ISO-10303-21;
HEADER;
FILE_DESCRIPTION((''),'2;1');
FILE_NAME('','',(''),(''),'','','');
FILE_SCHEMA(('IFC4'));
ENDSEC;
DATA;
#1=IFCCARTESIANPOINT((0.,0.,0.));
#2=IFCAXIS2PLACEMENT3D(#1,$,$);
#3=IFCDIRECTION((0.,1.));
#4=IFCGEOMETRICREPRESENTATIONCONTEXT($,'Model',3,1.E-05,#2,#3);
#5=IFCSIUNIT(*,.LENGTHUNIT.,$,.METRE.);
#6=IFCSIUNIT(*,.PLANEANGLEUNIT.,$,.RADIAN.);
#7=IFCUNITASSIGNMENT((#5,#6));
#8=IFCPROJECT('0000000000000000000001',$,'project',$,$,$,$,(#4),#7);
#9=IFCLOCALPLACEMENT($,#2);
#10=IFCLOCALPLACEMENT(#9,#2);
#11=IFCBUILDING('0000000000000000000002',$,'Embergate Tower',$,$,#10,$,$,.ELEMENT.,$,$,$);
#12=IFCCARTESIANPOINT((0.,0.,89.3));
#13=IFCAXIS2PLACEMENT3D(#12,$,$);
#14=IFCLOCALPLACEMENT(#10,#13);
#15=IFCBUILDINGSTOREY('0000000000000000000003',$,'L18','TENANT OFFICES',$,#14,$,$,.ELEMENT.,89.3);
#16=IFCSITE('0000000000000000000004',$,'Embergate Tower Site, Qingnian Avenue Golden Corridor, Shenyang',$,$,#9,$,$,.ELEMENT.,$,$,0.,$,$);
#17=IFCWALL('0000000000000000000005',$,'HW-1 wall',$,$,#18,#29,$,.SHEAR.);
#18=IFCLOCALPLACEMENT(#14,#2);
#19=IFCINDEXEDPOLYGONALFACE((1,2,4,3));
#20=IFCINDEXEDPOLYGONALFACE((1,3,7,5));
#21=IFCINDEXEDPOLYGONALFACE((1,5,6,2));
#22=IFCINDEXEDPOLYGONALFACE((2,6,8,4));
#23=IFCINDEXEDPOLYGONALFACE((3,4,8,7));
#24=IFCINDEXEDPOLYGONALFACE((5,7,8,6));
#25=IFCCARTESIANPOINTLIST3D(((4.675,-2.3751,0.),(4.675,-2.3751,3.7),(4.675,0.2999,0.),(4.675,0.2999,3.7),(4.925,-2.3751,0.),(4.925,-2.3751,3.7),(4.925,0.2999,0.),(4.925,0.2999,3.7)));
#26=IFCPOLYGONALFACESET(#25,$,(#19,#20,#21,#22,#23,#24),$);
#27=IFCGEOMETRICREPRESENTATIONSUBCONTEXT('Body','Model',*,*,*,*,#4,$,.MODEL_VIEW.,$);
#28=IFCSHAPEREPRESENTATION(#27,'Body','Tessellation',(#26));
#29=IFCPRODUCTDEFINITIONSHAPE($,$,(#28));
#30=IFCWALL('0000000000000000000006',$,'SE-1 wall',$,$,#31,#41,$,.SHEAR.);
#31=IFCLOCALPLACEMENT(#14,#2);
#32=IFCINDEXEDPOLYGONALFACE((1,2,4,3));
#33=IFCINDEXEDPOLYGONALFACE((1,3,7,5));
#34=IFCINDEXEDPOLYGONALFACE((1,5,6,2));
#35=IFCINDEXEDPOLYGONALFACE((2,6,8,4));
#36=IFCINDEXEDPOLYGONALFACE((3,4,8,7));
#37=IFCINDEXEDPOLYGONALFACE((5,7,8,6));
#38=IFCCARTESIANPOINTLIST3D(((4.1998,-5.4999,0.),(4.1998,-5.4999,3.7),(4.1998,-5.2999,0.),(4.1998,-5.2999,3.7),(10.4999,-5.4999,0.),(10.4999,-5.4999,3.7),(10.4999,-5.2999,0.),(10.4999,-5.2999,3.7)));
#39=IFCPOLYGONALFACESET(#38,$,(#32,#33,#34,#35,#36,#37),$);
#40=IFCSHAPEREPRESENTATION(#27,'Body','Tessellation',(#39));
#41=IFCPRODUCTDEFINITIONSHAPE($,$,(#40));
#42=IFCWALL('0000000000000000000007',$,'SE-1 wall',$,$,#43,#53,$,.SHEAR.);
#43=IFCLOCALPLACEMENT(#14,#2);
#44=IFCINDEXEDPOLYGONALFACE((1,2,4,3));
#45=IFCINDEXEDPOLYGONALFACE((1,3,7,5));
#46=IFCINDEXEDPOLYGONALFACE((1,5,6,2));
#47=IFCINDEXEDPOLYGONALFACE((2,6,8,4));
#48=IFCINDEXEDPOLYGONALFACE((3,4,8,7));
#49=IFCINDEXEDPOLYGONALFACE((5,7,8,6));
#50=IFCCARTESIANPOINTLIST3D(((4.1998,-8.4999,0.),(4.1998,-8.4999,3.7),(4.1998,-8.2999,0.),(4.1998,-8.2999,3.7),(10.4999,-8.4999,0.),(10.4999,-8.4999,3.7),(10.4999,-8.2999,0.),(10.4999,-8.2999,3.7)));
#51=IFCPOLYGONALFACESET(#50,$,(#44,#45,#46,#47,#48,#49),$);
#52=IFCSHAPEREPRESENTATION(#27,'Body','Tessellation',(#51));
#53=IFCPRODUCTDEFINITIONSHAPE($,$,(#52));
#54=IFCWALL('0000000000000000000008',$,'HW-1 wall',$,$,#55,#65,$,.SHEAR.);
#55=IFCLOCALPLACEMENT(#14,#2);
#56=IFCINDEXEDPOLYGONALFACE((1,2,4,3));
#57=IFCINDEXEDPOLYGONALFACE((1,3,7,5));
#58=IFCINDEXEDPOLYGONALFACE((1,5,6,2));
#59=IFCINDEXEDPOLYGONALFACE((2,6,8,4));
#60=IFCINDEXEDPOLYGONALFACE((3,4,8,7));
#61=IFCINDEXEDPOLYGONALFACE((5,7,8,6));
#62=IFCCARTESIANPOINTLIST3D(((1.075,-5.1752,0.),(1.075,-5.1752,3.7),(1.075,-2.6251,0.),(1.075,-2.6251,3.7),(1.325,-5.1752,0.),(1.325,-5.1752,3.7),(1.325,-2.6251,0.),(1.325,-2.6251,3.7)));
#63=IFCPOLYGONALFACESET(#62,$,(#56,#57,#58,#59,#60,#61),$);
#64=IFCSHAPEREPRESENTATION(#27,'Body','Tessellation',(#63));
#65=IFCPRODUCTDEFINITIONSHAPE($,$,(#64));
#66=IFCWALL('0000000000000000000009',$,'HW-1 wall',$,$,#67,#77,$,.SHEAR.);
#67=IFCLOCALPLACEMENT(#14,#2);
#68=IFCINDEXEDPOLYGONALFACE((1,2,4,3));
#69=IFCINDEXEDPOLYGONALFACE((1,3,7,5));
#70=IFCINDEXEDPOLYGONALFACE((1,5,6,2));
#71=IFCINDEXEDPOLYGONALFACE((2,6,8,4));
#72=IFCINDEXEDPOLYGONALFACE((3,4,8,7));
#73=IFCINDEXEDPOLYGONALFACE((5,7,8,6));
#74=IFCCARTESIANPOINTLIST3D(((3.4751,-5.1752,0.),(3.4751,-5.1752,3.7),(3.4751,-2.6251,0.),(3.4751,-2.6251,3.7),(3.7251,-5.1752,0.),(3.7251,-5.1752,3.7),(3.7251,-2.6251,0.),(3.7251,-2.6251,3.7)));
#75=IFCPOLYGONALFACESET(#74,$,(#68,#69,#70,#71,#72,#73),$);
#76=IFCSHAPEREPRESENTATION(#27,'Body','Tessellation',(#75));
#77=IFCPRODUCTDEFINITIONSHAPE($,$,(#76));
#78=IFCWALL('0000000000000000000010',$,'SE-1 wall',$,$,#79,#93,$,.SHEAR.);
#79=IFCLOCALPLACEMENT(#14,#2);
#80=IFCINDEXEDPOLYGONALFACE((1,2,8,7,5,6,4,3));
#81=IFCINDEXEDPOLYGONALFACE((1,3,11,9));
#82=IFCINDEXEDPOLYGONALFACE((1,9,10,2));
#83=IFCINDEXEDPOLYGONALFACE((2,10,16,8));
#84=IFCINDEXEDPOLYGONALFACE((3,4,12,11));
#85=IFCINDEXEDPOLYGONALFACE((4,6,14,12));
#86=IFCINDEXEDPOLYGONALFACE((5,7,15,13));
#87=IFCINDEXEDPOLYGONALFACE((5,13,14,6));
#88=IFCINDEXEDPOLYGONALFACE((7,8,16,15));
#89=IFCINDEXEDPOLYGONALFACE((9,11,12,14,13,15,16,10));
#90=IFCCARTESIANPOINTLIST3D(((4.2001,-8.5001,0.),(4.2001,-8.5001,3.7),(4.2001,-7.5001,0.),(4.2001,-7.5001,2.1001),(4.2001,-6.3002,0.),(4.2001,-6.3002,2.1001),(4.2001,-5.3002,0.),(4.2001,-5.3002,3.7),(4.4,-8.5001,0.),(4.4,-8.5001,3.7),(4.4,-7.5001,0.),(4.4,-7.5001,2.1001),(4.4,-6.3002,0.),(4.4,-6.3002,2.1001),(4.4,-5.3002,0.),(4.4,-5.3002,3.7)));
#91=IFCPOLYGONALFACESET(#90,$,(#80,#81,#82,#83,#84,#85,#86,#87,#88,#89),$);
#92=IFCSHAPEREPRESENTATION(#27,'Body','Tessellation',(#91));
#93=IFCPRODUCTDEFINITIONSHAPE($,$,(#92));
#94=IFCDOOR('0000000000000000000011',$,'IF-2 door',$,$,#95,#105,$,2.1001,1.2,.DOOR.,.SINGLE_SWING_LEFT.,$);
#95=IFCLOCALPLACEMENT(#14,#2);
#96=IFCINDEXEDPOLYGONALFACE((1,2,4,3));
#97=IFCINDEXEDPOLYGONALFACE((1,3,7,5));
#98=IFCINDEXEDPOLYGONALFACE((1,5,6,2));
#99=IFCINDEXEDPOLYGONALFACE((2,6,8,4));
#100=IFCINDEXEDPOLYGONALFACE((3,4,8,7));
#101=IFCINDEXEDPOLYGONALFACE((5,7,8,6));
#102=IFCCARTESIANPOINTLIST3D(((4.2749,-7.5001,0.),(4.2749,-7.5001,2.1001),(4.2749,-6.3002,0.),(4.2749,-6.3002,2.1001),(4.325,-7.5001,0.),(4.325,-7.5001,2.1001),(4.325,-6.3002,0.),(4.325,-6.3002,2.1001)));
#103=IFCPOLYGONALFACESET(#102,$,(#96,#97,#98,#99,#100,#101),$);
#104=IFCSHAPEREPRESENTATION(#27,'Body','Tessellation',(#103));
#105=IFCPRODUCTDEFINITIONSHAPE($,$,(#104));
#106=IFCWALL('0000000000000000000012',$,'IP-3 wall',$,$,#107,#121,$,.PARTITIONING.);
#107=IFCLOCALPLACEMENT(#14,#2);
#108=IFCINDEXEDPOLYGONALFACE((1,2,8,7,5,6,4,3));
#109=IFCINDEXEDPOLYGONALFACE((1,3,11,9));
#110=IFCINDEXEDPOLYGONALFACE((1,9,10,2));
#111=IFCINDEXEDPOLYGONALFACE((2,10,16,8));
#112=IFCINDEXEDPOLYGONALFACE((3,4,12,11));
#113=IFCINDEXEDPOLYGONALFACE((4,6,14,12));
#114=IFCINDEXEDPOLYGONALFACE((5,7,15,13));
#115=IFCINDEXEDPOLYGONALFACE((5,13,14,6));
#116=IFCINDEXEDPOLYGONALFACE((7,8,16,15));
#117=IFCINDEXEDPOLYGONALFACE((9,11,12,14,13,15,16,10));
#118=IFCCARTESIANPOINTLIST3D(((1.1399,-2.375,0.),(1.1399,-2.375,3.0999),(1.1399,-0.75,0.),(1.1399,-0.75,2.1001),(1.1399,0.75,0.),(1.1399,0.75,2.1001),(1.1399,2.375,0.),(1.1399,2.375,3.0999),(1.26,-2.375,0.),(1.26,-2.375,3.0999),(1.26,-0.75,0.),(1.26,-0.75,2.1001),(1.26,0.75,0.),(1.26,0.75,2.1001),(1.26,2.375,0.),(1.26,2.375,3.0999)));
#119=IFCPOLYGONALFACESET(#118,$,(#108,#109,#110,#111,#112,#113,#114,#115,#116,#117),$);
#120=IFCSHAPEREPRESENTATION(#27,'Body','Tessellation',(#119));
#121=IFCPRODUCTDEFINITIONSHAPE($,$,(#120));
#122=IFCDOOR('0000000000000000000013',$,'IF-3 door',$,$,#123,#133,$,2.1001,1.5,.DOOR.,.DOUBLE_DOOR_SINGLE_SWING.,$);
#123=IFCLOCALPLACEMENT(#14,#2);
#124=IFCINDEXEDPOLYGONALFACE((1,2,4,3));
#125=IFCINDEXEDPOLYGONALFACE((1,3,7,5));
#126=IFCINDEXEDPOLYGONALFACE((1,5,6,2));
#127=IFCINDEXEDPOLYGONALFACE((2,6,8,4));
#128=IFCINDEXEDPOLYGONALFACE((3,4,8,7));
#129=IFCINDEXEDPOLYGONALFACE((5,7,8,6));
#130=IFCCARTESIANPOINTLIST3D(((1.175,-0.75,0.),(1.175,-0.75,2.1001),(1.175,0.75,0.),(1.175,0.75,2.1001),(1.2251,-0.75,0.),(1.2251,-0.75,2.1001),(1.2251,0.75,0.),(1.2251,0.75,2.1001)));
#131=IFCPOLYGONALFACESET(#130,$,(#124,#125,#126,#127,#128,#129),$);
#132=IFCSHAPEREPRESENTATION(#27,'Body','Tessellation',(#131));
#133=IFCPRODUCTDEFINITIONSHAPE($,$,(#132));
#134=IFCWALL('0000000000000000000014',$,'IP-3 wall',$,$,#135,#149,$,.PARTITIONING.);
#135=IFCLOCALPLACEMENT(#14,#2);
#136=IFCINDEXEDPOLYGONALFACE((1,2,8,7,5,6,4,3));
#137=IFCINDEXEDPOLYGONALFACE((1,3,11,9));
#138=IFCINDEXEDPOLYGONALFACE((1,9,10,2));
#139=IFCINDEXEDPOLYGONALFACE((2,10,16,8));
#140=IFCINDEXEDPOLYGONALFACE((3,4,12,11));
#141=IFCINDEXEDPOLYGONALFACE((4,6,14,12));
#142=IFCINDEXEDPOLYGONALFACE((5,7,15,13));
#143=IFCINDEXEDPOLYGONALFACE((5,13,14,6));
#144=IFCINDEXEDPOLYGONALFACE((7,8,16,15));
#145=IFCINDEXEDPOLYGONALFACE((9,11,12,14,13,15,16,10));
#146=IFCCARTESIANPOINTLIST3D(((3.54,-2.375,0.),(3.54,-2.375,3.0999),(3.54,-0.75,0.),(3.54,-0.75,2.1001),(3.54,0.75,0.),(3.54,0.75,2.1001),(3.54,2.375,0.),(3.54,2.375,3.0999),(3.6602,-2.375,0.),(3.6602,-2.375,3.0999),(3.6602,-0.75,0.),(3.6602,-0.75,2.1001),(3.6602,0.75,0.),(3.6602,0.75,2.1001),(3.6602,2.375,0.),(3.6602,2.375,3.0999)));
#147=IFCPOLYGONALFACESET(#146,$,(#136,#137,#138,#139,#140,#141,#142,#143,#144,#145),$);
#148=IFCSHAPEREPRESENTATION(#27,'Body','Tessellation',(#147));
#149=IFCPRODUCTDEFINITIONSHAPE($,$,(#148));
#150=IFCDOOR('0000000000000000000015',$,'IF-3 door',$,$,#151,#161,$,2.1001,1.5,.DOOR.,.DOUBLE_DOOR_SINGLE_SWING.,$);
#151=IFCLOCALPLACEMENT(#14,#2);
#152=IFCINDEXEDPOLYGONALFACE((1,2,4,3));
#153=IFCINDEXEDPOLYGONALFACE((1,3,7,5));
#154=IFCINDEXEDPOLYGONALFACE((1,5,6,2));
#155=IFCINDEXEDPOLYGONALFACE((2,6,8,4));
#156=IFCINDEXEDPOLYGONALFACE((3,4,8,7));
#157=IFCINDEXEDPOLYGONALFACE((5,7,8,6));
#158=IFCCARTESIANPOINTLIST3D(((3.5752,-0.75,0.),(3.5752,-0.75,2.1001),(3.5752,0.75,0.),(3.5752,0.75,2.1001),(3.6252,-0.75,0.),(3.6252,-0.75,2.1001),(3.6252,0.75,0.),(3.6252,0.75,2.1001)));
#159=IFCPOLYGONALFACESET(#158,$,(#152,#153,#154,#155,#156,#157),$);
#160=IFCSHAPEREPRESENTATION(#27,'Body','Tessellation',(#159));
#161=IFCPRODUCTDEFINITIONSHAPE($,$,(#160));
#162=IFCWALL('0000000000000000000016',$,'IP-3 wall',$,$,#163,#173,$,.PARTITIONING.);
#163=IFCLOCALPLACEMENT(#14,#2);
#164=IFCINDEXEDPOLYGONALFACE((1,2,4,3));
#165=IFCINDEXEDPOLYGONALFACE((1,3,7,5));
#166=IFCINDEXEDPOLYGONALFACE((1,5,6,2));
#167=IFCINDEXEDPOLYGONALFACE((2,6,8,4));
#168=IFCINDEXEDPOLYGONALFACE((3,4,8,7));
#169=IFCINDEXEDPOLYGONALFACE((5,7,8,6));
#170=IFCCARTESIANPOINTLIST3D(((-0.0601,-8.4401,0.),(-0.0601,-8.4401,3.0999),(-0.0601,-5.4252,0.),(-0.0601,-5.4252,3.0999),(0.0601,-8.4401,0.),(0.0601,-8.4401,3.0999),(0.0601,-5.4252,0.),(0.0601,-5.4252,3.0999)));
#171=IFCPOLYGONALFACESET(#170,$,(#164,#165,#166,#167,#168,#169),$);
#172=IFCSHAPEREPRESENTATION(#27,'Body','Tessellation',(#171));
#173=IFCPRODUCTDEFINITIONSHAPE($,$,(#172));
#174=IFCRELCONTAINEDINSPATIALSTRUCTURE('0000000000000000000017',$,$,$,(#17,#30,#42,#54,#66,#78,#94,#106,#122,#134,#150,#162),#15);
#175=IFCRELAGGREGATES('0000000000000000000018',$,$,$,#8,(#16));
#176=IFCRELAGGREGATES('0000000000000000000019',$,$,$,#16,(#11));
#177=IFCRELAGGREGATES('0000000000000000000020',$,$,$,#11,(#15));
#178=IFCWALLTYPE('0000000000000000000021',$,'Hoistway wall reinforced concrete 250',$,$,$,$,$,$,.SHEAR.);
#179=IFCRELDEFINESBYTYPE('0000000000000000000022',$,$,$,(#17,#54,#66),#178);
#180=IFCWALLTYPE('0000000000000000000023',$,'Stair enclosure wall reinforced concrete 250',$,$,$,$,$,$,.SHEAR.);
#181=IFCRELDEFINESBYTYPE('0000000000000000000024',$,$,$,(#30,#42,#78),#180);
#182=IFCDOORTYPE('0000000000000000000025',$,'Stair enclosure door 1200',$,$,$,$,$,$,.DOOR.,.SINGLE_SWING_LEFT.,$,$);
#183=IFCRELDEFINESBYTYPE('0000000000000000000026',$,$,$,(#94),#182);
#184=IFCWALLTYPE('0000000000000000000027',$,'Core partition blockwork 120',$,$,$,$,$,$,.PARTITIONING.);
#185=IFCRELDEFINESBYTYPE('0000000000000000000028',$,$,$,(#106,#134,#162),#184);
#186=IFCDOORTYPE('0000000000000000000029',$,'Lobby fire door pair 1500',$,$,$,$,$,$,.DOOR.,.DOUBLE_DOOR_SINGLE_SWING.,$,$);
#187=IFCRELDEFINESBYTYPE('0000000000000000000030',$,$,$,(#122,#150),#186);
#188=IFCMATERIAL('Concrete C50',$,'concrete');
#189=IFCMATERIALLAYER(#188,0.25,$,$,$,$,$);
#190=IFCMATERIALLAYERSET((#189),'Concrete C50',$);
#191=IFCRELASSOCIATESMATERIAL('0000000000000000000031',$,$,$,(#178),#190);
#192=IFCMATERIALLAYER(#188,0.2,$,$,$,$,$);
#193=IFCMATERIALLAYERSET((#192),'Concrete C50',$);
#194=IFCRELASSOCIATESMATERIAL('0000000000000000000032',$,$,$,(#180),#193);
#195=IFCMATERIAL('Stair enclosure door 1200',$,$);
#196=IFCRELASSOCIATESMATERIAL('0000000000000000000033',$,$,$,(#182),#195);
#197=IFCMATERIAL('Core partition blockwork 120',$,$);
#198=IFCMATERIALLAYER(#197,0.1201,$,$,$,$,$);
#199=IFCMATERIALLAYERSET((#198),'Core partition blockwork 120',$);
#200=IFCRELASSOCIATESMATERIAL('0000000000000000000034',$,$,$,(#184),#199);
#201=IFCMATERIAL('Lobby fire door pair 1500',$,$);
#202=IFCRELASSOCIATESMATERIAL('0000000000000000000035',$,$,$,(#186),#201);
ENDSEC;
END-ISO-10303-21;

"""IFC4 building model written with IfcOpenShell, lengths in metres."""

from ifc_helpers import new_model, si_unit, direction, frame, frame_2d, origin, place, context, subcontext, project, spatial, rectangle, extrude, source, transform, mapped, material, layer, layer_set, type_object, element, fill, save


model = new_model("IFC4")

# Units and contexts
model_context = context("Model", 3, precision=1e-05, world=origin(), true_north=direction((0.0, 1.0)))
body_context = subcontext(model_context, "Body", "Model", "MODEL_VIEW")
ifc_project = project(units=[si_unit("LENGTHUNIT", "METRE"), si_unit("PLANEANGLEUNIT", "RADIAN")], contexts=[model_context])

# Site, building, storey
site_placement = place(None, origin())
site = spatial("IfcSite", under=ifc_project, at=site_placement, Name="Embergate Tower Site, Qingnian Avenue Golden Corridor, Shenyang", CompositionType="ELEMENT", RefElevation=0.0)
building_placement = place(site_placement, origin())
building = spatial("IfcBuilding", under=site, at=building_placement, Name="Embergate Tower", CompositionType="ELEMENT")
storey_placement = place(building_placement, frame((0.0, 0.0, 89.3)))
storey = spatial("IfcBuildingStorey", under=building, at=storey_placement, Name="L18", Description="TENANT OFFICES", CompositionType="ELEMENT", Elevation=89.3)

# Walls
ifc_material_1 = material(Name="Concrete C50", Category="concrete")
ifc_layer_1 = layer(ifc_material_1, 0.25)
ifc_layer_set_1 = layer_set([ifc_layer_1], Name="Concrete C50")
wall_type_1 = type_object("IfcWallType", Name="Hoistway wall reinforced concrete 250", PredefinedType="SHEAR", material=ifc_layer_set_1)
shared_shape_1 = source(origin(), body_context, "Body", "SweptSolid", [
    extrude(rectangle(XDim=2.675, YDim=0.25, at=frame_2d((1.3374, 0.0))), origin(), (0.0, 0.0, 1.0), 3.7),
])
wall_1_placement = place(storey_placement, frame((4.8, -2.375, 0.0), z_axis=(0.0, 0.0, 1.0), x_axis=(0.0, 1.0, 0.0)))
element("IfcWall", 1, at=wall_1_placement, inside=storey, type_object=wall_type_1, Name="HW-1 wall", PredefinedType="SHEAR", context=body_context, shape_type="MappedRepresentation", body=[
    mapped(shared_shape_1, transform((0.0, 0.0, 0.0))),
])
ifc_layer_2 = layer(ifc_material_1, 0.2)
ifc_layer_set_2 = layer_set([ifc_layer_2], Name="Concrete C50")
wall_type_2 = type_object("IfcWallType", Name="Stair enclosure wall reinforced concrete 250", PredefinedType="SHEAR", material=ifc_layer_set_2)
shared_shape_2 = source(origin(), body_context, "Body", "SweptSolid", [
    extrude(rectangle(XDim=6.3, YDim=0.2, at=frame_2d((3.1499, 0.0))), origin(), (0.0, 0.0, 1.0), 3.7),
])
for number, where, z_axis, x_axis, name in (
    (2, (4.2, -5.3999, 0.0), (0.0, 0.0, 1.0), (1.0, 0.0, 0.0), "SE-1 wall"),
    (3, (4.2, -8.3999, 0.0), (0.0, 0.0, 1.0), (1.0, 0.0, 0.0), "SE-1 wall"),
):
    element("IfcWall", number, at=place(storey_placement, frame(where, z_axis=z_axis, x_axis=x_axis)), inside=storey, type_object=wall_type_2, Name=name, PredefinedType="SHEAR", context=body_context, shape_type="MappedRepresentation", body=[
        mapped(shared_shape_2, transform((0.0, 0.0, 0.0))),
    ])
shared_shape_3 = source(origin(), body_context, "Body", "SweptSolid", [
    extrude(rectangle(XDim=2.55, YDim=0.25, at=frame_2d((1.2749, 0.0))), origin(), (0.0, 0.0, 1.0), 3.7),
])
for number, where, z_axis, x_axis, name in (
    (4, (1.2, -5.175, 0.0), (0.0, 0.0, 1.0), (0.0, 1.0, 0.0), "HW-1 wall"),
    (5, (3.6001, -5.175, 0.0), (0.0, 0.0, 1.0), (0.0, 1.0, 0.0), "HW-1 wall"),
):
    element("IfcWall", number, at=place(storey_placement, frame(where, z_axis=z_axis, x_axis=x_axis)), inside=storey, type_object=wall_type_1, Name=name, PredefinedType="SHEAR", context=body_context, shape_type="MappedRepresentation", body=[
        mapped(shared_shape_3, transform((0.0, 0.0, 0.0))),
    ])

# Walls, openings, doors
shared_shape_4 = source(origin(), body_context, "Body", "SweptSolid", [
    extrude(rectangle(XDim=3.2, YDim=0.2, at=frame_2d((1.6001, 0.0))), origin(), (0.0, 0.0, 1.0), 3.7),
])
wall_2_placement = place(storey_placement, frame((4.3, -5.3, 0.0), z_axis=(0.0, 0.0, 1.0), x_axis=(0.0, -1.0, 0.0)))
wall_2 = element("IfcWall", 6, at=wall_2_placement, inside=storey, type_object=wall_type_2, Name="SE-1 wall", PredefinedType="SHEAR", context=body_context, shape_type="MappedRepresentation", body=[
    mapped(shared_shape_4, transform((0.0, 0.0, 0.0))),
])
shared_shape_5 = source(origin(), body_context, "Body", "SweptSolid", [
    extrude(rectangle(XDim=1.2, YDim=2.1001, at=frame_2d((0.6001, 1.05))), frame((0.0, 0.1099, 0.0), z_axis=(0.0, -1.0, 0.0), x_axis=(1.0, 0.0, 0.0)), (0.0, 0.0, 1.0), 0.22),
])
opening_1_placement = place(wall_2_placement, frame((1.0, 0.0, 0.0)))
opening_1 = element("IfcOpeningElement", 7, at=opening_1_placement, cuts=wall_2, PredefinedType="OPENING", context=body_context, shape_type="MappedRepresentation", body=[
    mapped(shared_shape_5, transform((0.0, 0.0, 0.0))),
])
ifc_material_2 = material(Name="Stair enclosure door 1200")
door_type_1 = type_object("IfcDoorType", Name="Stair enclosure door 1200", OperationType="SINGLE_SWING_LEFT", PredefinedType="DOOR", material=ifc_material_2)
shared_shape_6 = source(origin(), body_context, "Body", "SweptSolid", [
    extrude(rectangle(XDim=1.2, YDim=2.1001, at=frame_2d((0.6001, 1.05))), frame((0.0, 0.0249, 0.0), z_axis=(0.0, -1.0, 0.0), x_axis=(1.0, 0.0, 0.0)), (0.0, 0.0, 1.0), 0.05),
])
door_1_placement = place(opening_1_placement, origin())
door_1 = element("IfcDoor", 8, at=door_1_placement, inside=storey, type_object=door_type_1, Name="IF-2 door", OperationType="SINGLE_SWING_LEFT", OverallHeight=2.1001, OverallWidth=1.2, PredefinedType="DOOR", context=body_context, shape_type="MappedRepresentation", body=[
    mapped(shared_shape_6, transform((0.0, 0.0, 0.0))),
])
fill(opening_1, door_1)
ifc_material_3 = material(Name="Core partition blockwork 120")
ifc_layer_3 = layer(ifc_material_3, 0.1201)
ifc_layer_set_3 = layer_set([ifc_layer_3], Name="Core partition blockwork 120")
wall_type_3 = type_object("IfcWallType", Name="Core partition blockwork 120", PredefinedType="PARTITIONING", material=ifc_layer_set_3)
shared_shape_7 = source(origin(), body_context, "Body", "SweptSolid", [
    extrude(rectangle(XDim=4.75, YDim=0.1201, at=frame_2d((2.375, 0.0))), origin(), (0.0, 0.0, 1.0), 3.0999),
])
wall_3_placement = place(storey_placement, frame((1.2, -2.375, 0.0), z_axis=(0.0, 0.0, 1.0), x_axis=(0.0, 1.0, 0.0)))
wall_3 = element("IfcWall", 9, at=wall_3_placement, inside=storey, type_object=wall_type_3, Name="IP-3 wall", PredefinedType="PARTITIONING", context=body_context, shape_type="MappedRepresentation", body=[
    mapped(shared_shape_7, transform((0.0, 0.0, 0.0))),
])
shared_shape_8 = source(origin(), body_context, "Body", "SweptSolid", [
    extrude(rectangle(XDim=1.5, YDim=2.1001, at=frame_2d((0.75, 1.05))), frame((0.0, 0.0701, 0.0), z_axis=(0.0, -1.0, 0.0), x_axis=(1.0, 0.0, 0.0)), (0.0, 0.0, 1.0), 0.1401),
])
opening_2_placement = place(wall_3_placement, frame((1.625, 0.0, 0.0)))
opening_2 = element("IfcOpeningElement", 10, at=opening_2_placement, cuts=wall_3, PredefinedType="OPENING", context=body_context, shape_type="MappedRepresentation", body=[
    mapped(shared_shape_8, transform((0.0, 0.0, 0.0))),
])
ifc_material_4 = material(Name="Lobby fire door pair 1500")
door_type_2 = type_object("IfcDoorType", Name="Lobby fire door pair 1500", OperationType="DOUBLE_DOOR_SINGLE_SWING", PredefinedType="DOOR", material=ifc_material_4)
shared_shape_9 = source(origin(), body_context, "Body", "SweptSolid", [
    extrude(rectangle(XDim=1.5, YDim=2.1001, at=frame_2d((0.75, 1.05))), frame((0.0, 0.0249, 0.0), z_axis=(0.0, -1.0, 0.0), x_axis=(1.0, 0.0, 0.0)), (0.0, 0.0, 1.0), 0.05),
])
door_2_placement = place(opening_2_placement, origin())
door_2 = element("IfcDoor", 11, at=door_2_placement, inside=storey, type_object=door_type_2, Name="IF-3 door", OperationType="DOUBLE_DOOR_SINGLE_SWING", OverallHeight=2.1001, OverallWidth=1.5, PredefinedType="DOOR", context=body_context, shape_type="MappedRepresentation", body=[
    mapped(shared_shape_9, transform((0.0, 0.0, 0.0))),
])
fill(opening_2, door_2)
wall_4_placement = place(storey_placement, frame((3.6001, -2.375, 0.0), z_axis=(0.0, 0.0, 1.0), x_axis=(0.0, 1.0, 0.0)))
wall_4 = element("IfcWall", 12, at=wall_4_placement, inside=storey, type_object=wall_type_3, Name="IP-3 wall", PredefinedType="PARTITIONING", context=body_context, shape_type="MappedRepresentation", body=[
    mapped(shared_shape_7, transform((0.0, 0.0, 0.0))),
])
opening_3_placement = place(wall_4_placement, frame((1.625, 0.0, 0.0)))
opening_3 = element("IfcOpeningElement", 13, at=opening_3_placement, cuts=wall_4, PredefinedType="OPENING", context=body_context, shape_type="MappedRepresentation", body=[
    mapped(shared_shape_8, transform((0.0, 0.0, 0.0))),
])
door_3_placement = place(opening_3_placement, origin())
door_3 = element("IfcDoor", 14, at=door_3_placement, inside=storey, type_object=door_type_2, Name="IF-3 door", OperationType="DOUBLE_DOOR_SINGLE_SWING", OverallHeight=2.1001, OverallWidth=1.5, PredefinedType="DOOR", context=body_context, shape_type="MappedRepresentation", body=[
    mapped(shared_shape_9, transform((0.0, 0.0, 0.0))),
])
fill(opening_3, door_3)

# Wall
shared_shape_10 = source(origin(), body_context, "Body", "SweptSolid", [
    extrude(rectangle(XDim=3.0149, YDim=0.1201, at=frame_2d((1.5073, 0.0))), origin(), (0.0, 0.0, 1.0), 3.0999),
])
wall_5_placement = place(storey_placement, frame((0.0, -8.4399, 0.0), z_axis=(0.0, 0.0, 1.0), x_axis=(0.0, 1.0, 0.0)))
element("IfcWall", 15, at=wall_5_placement, inside=storey, type_object=wall_type_3, Name="IP-3 wall", PredefinedType="PARTITIONING", context=body_context, shape_type="MappedRepresentation", body=[
    mapped(shared_shape_10, transform((0.0, 0.0, 0.0))),
])

save(model, "model.ifc")
